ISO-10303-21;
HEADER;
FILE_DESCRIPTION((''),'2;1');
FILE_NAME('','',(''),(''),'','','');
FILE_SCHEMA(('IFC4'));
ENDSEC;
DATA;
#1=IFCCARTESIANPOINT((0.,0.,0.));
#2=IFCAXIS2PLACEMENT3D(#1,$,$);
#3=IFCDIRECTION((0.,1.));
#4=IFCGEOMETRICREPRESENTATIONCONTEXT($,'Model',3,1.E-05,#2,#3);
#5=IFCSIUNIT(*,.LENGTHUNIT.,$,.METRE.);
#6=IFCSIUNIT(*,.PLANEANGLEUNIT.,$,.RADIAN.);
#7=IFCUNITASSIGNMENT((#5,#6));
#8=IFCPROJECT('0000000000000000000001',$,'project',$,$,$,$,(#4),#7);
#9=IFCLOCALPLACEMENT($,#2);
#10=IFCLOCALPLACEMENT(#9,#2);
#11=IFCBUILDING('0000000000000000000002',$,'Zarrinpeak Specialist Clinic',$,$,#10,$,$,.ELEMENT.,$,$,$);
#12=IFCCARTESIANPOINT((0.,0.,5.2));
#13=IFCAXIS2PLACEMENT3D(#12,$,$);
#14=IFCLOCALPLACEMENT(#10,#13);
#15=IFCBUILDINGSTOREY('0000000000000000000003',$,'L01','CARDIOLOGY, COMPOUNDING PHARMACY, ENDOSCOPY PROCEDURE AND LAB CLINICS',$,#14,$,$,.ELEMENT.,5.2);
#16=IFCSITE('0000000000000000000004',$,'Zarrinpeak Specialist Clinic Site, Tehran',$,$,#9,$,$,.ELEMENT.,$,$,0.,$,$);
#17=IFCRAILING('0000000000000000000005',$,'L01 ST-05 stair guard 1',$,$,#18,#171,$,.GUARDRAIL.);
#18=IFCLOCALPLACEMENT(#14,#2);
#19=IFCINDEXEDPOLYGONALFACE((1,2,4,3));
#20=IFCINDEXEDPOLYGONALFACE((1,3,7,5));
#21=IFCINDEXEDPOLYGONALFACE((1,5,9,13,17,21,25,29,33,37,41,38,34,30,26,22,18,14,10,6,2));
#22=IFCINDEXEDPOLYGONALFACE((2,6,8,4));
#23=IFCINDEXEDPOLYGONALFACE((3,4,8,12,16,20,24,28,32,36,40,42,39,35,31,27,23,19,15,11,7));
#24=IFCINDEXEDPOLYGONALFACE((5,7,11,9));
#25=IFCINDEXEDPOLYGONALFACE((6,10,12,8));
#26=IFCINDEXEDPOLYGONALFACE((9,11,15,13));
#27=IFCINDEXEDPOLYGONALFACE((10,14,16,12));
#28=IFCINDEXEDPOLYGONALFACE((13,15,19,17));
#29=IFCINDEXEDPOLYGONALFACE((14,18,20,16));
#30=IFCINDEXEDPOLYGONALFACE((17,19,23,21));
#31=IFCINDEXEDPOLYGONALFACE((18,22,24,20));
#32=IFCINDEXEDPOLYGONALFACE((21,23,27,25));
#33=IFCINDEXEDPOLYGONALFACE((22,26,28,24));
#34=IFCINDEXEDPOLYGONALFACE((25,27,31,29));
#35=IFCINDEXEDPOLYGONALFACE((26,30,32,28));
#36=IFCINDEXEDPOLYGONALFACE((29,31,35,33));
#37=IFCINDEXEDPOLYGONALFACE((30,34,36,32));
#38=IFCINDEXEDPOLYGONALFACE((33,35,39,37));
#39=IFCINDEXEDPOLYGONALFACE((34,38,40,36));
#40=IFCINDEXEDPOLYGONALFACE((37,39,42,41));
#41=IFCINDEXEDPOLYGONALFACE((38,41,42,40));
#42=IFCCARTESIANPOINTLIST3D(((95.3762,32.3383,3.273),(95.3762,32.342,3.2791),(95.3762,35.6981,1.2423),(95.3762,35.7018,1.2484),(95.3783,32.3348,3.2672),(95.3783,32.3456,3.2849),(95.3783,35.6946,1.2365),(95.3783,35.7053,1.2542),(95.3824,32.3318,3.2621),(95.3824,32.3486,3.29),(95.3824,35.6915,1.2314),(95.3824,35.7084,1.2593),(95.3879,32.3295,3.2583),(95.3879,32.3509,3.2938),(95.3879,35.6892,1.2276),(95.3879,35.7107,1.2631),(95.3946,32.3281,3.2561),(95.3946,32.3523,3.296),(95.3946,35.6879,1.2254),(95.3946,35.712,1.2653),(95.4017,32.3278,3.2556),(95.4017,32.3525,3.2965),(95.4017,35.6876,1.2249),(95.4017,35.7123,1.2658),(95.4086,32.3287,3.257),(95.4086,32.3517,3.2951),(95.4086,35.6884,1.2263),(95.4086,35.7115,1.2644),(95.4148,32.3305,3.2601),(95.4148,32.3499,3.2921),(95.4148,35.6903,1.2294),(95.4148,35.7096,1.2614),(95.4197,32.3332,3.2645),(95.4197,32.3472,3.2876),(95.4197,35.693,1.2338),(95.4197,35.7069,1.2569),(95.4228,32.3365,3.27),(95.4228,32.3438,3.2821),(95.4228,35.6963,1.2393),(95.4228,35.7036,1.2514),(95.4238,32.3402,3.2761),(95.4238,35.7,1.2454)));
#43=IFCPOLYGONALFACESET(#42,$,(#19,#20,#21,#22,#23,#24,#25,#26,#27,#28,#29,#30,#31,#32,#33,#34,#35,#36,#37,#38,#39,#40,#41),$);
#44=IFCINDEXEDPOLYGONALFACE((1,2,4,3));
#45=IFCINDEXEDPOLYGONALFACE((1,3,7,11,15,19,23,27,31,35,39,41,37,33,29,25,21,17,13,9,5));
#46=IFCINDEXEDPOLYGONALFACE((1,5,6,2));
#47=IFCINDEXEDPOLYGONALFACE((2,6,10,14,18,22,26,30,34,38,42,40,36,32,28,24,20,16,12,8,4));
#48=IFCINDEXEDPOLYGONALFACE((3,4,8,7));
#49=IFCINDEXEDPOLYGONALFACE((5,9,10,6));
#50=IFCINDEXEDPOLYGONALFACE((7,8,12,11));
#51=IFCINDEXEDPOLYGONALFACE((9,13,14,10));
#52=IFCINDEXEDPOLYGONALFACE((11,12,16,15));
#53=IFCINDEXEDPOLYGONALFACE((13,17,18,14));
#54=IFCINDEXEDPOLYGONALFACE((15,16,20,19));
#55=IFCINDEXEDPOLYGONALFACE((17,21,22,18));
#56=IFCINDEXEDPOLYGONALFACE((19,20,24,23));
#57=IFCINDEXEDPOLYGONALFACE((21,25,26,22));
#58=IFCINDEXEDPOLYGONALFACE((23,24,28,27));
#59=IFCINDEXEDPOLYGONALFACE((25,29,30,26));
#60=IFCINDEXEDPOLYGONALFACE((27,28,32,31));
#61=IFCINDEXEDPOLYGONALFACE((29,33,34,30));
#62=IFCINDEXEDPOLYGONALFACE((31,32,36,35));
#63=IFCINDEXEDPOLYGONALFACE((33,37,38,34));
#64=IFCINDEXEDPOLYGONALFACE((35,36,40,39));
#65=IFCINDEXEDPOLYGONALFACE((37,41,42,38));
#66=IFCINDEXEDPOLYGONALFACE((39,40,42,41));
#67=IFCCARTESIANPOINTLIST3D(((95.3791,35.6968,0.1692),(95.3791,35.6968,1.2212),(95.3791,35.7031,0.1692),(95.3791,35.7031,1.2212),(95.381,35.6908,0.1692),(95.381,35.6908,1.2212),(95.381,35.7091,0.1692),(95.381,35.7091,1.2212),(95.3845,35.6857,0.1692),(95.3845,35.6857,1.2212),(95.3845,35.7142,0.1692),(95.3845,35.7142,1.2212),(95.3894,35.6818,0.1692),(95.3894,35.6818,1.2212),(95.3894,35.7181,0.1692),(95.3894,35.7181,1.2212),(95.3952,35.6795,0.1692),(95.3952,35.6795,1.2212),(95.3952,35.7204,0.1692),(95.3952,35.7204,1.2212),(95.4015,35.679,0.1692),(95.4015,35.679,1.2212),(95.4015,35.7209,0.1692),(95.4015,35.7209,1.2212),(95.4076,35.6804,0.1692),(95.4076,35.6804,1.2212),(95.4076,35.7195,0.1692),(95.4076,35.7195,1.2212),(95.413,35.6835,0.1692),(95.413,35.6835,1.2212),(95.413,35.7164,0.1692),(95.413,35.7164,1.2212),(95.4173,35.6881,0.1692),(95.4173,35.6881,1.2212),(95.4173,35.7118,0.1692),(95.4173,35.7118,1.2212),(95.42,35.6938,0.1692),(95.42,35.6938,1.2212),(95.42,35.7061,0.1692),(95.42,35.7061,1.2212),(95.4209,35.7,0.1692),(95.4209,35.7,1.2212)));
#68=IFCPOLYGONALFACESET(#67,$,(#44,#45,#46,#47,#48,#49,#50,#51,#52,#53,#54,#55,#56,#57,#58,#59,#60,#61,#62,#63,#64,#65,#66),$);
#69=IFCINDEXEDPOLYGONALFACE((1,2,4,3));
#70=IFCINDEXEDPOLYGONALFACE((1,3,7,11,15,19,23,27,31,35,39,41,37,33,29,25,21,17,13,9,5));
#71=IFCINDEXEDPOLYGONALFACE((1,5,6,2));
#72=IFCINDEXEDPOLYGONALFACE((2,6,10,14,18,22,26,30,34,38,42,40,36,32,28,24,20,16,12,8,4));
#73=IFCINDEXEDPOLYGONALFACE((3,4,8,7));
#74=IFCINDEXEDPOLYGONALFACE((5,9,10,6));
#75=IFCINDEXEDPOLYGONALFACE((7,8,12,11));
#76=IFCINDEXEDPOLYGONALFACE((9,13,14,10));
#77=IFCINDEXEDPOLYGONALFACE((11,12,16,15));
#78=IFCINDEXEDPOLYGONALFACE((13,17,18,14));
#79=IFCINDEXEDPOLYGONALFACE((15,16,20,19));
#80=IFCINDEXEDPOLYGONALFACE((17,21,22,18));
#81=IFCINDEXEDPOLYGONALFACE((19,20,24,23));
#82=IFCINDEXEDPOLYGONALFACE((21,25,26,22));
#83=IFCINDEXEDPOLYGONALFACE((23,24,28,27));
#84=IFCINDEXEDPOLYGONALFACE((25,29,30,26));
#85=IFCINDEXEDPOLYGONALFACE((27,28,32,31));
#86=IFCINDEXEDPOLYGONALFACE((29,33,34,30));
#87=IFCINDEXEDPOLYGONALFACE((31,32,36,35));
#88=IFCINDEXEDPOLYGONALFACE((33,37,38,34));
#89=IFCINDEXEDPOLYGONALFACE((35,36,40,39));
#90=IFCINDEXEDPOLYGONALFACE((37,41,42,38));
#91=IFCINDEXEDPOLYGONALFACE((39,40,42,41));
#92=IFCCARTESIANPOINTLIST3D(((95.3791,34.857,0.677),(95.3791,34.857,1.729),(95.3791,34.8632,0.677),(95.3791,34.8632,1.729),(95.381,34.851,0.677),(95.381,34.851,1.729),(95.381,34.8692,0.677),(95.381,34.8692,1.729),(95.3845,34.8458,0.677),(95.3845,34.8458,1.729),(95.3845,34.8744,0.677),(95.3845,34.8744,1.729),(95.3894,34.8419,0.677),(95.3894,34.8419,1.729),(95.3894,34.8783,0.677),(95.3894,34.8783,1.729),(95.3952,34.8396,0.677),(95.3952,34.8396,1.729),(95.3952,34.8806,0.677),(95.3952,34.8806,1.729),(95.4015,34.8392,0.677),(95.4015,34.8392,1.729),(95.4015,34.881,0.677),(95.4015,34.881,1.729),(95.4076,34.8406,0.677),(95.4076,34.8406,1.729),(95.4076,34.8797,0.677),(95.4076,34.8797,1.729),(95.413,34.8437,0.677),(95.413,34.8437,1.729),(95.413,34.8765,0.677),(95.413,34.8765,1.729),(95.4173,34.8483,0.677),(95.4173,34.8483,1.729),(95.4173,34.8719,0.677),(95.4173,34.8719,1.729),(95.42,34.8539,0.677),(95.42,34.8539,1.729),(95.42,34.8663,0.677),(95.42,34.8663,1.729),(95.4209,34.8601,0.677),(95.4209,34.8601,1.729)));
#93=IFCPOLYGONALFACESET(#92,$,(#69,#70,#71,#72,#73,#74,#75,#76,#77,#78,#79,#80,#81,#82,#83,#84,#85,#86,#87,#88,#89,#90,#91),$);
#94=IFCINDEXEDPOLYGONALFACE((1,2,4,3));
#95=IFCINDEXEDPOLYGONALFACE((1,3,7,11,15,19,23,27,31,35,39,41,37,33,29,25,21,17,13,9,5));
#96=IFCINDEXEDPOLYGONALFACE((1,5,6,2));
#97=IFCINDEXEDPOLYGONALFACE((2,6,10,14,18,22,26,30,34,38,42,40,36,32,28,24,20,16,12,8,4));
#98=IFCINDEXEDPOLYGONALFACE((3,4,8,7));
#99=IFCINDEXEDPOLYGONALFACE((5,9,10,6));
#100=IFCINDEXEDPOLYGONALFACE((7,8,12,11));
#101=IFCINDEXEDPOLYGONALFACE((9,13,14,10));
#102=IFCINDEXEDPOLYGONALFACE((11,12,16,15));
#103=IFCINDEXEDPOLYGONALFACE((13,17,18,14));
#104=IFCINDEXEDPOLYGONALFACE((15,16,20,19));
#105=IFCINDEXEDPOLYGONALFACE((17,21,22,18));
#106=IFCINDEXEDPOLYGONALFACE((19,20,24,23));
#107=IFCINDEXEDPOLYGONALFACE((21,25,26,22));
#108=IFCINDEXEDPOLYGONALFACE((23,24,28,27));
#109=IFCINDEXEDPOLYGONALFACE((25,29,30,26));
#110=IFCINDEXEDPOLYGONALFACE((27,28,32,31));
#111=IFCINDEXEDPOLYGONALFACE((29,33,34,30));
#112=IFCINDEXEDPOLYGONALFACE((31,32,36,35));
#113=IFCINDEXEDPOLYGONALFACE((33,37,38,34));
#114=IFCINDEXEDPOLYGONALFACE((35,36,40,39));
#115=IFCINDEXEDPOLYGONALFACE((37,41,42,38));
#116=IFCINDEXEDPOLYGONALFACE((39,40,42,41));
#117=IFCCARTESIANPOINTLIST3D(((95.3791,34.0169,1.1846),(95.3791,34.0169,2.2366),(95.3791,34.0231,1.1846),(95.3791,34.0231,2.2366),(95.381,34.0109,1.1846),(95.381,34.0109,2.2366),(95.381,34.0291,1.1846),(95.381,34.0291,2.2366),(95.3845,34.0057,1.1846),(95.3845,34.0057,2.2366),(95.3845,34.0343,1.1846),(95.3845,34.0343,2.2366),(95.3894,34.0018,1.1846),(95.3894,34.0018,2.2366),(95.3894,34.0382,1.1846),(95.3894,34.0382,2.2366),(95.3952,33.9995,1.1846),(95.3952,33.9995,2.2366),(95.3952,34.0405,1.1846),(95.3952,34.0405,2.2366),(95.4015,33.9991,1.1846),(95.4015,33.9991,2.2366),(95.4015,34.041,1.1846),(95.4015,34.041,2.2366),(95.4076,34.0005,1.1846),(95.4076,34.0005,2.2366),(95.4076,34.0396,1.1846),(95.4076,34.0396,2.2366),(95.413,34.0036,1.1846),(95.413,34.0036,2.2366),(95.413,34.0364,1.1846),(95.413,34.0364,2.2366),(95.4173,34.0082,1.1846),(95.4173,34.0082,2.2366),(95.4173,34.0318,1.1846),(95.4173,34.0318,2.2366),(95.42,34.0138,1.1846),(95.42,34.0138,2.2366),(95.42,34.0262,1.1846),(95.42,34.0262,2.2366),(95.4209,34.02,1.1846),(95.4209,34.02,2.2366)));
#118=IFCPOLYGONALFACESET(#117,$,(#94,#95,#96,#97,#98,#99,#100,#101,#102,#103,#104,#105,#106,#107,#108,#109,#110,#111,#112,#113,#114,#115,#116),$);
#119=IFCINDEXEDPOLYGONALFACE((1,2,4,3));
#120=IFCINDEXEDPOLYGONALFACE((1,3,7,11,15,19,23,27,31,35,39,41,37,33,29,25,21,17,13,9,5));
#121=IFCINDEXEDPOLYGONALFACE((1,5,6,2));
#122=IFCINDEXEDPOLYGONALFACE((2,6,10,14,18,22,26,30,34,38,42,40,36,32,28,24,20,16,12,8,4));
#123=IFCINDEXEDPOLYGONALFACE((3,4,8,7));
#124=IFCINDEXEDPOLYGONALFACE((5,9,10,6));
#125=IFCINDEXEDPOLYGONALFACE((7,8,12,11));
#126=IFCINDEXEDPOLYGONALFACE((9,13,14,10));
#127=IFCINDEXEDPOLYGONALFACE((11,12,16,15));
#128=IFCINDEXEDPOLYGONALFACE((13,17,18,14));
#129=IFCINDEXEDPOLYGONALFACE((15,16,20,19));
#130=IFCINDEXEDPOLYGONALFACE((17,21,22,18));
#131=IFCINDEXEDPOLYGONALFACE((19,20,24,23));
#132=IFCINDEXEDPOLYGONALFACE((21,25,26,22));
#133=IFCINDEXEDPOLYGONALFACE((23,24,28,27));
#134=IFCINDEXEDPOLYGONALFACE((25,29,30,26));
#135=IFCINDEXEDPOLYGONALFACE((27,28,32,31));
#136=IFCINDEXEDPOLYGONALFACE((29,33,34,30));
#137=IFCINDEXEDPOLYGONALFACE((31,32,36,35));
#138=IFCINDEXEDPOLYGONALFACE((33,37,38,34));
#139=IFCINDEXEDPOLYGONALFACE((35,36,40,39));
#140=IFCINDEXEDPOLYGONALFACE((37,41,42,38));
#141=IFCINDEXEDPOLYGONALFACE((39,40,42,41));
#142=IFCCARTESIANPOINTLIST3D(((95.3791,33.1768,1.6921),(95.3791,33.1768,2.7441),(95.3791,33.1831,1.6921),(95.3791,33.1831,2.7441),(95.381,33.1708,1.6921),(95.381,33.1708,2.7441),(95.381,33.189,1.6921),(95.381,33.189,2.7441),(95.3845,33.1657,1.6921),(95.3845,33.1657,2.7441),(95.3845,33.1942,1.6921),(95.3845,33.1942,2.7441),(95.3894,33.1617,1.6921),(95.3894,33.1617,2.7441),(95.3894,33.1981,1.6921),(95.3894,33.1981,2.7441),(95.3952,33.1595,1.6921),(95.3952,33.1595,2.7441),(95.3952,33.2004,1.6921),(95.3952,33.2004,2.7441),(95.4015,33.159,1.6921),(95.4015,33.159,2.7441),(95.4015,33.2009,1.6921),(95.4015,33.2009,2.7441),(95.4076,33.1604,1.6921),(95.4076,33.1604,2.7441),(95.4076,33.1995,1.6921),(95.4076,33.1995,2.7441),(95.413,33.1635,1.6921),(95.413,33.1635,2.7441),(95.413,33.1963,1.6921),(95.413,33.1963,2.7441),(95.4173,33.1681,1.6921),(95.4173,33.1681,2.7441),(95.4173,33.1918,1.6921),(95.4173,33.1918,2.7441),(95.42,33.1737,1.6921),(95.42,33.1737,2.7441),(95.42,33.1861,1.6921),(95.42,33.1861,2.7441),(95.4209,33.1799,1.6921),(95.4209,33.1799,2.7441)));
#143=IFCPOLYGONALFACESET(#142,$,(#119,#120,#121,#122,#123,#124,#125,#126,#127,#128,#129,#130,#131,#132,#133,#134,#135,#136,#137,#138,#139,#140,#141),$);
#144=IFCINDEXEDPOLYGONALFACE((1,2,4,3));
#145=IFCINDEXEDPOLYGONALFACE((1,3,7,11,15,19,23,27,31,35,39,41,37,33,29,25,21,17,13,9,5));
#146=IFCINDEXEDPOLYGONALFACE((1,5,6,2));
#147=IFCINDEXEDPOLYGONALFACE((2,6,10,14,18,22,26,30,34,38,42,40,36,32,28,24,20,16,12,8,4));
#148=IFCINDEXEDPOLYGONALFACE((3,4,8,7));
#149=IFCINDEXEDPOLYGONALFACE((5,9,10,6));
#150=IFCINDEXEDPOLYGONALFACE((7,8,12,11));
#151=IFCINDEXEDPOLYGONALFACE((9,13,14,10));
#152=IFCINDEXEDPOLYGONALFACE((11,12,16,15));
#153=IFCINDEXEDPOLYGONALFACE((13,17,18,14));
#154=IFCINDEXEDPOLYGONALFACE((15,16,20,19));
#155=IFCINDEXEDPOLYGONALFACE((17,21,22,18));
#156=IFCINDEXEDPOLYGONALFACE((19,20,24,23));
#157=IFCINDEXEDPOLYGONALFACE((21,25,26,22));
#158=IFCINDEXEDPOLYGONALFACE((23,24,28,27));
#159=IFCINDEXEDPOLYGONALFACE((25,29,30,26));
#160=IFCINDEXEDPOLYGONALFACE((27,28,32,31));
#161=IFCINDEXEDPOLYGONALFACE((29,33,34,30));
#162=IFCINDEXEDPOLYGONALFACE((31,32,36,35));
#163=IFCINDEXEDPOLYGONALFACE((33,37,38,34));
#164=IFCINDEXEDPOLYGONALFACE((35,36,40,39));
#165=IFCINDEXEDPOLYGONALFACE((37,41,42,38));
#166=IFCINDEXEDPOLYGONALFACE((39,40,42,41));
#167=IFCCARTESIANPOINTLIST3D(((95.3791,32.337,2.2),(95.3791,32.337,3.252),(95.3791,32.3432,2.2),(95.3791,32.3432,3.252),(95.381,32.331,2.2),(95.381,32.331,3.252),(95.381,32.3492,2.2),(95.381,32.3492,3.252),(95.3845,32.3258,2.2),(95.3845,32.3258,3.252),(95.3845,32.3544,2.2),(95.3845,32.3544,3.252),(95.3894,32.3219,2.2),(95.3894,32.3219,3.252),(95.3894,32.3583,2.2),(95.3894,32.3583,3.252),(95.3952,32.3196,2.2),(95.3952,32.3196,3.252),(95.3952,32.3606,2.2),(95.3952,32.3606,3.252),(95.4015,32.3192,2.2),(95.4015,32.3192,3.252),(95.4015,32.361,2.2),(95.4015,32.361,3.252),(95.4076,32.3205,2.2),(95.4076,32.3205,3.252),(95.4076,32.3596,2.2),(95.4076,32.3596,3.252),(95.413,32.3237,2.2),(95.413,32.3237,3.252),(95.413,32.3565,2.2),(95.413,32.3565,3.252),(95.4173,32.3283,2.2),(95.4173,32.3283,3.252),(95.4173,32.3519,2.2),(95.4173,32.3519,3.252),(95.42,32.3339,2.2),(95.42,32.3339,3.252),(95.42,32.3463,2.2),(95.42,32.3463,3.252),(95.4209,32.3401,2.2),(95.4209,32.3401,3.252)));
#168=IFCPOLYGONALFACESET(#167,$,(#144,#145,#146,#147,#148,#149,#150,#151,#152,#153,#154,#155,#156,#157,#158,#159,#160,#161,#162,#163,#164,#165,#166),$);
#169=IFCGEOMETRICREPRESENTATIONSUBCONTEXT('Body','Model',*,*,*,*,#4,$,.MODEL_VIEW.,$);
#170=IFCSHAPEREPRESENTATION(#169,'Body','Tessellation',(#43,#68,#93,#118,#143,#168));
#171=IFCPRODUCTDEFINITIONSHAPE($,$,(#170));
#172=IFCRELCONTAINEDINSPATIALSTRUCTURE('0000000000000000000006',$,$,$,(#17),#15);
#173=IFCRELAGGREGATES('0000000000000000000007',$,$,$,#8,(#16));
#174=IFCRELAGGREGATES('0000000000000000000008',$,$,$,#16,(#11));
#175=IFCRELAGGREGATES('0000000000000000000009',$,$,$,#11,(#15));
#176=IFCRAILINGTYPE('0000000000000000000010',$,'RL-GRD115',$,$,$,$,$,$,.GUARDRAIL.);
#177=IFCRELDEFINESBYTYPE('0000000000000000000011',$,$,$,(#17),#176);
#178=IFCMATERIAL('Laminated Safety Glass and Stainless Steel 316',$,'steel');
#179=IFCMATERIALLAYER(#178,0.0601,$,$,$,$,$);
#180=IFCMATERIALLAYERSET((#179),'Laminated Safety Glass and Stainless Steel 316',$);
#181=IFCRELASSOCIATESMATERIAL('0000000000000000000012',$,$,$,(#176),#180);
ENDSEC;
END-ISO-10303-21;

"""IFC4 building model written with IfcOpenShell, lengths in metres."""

from ifc_helpers import new_model, si_unit, direction, frame, origin, origin_2d, place, context, subcontext, project, spatial, circle, extrude, material, layer, layer_set, type_object, element, save


model = new_model("IFC4")

# Units and contexts
model_context = context("Model", 3, precision=1e-05, world=origin(), true_north=direction((0.0, 1.0)))
body_context = subcontext(model_context, "Body", "Model", "MODEL_VIEW")
ifc_project = project(units=[si_unit("LENGTHUNIT", "METRE"), si_unit("PLANEANGLEUNIT", "RADIAN")], contexts=[model_context])

# Site, building, storey
site_placement = place(None, origin())
site = spatial("IfcSite", under=ifc_project, at=site_placement, Name="Zarrinpeak Specialist Clinic Site, Tehran", CompositionType="ELEMENT", RefElevation=0.0)
building_placement = place(site_placement, origin())
building = spatial("IfcBuilding", under=site, at=building_placement, Name="Zarrinpeak Specialist Clinic", CompositionType="ELEMENT")
storey_placement = place(building_placement, frame((0.0, 0.0, 5.2)))
storey = spatial("IfcBuildingStorey", under=building, at=storey_placement, Name="L01", Description="CARDIOLOGY, COMPOUNDING PHARMACY, ENDOSCOPY PROCEDURE AND LAB CLINICS", CompositionType="ELEMENT", Elevation=5.2)

# Railing
ifc_material_1 = material(Name="Laminated Safety Glass and Stainless Steel 316", Category="steel")
ifc_layer_1 = layer(ifc_material_1, 0.0601)
ifc_layer_set_1 = layer_set([ifc_layer_1], Name="Laminated Safety Glass and Stainless Steel 316")
railing_type_1 = type_object("IfcRailingType", Name="RL-GRD115", PredefinedType="GUARDRAIL", material=ifc_layer_set_1)
railing_1_placement = place(storey_placement, frame((95.3999, 35.7, 0.1692)))
element("IfcRailing", 1, at=railing_1_placement, inside=storey, type_object=railing_type_1, Name="L01 ST-05 stair guard 1", PredefinedType="GUARDRAIL", context=body_context, shape_type="SweptSolid", body=[
    extrude(circle(Radius=0.0239, at=origin_2d()), frame((0.0, 0.0, 1.0762), z_axis=(0.0, -0.85582, 0.517273), x_axis=(1.0, 0.0, 0.0)), (0.0, 0.0, 1.0), 3.9258),
    extrude(circle(Radius=0.021, at=origin_2d()), origin(), (0.0, 0.0, 1.0), 1.052),
    extrude(circle(Radius=0.021, at=origin_2d()), frame((0.0, -0.8398, 0.5078)), (0.0, 0.0, 1.0), 1.052),
    extrude(circle(Radius=0.021, at=origin_2d()), frame((0.0, -1.6799, 1.0154)), (0.0, 0.0, 1.0), 1.052),
    extrude(circle(Radius=0.021, at=origin_2d()), frame((0.0, -2.52, 1.5229)), (0.0, 0.0, 1.0), 1.052),
    extrude(circle(Radius=0.021, at=origin_2d()), frame((0.0, -3.3599, 2.0308)), (0.0, 0.0, 1.0), 1.052),
])

save(model, "model.ifc")
